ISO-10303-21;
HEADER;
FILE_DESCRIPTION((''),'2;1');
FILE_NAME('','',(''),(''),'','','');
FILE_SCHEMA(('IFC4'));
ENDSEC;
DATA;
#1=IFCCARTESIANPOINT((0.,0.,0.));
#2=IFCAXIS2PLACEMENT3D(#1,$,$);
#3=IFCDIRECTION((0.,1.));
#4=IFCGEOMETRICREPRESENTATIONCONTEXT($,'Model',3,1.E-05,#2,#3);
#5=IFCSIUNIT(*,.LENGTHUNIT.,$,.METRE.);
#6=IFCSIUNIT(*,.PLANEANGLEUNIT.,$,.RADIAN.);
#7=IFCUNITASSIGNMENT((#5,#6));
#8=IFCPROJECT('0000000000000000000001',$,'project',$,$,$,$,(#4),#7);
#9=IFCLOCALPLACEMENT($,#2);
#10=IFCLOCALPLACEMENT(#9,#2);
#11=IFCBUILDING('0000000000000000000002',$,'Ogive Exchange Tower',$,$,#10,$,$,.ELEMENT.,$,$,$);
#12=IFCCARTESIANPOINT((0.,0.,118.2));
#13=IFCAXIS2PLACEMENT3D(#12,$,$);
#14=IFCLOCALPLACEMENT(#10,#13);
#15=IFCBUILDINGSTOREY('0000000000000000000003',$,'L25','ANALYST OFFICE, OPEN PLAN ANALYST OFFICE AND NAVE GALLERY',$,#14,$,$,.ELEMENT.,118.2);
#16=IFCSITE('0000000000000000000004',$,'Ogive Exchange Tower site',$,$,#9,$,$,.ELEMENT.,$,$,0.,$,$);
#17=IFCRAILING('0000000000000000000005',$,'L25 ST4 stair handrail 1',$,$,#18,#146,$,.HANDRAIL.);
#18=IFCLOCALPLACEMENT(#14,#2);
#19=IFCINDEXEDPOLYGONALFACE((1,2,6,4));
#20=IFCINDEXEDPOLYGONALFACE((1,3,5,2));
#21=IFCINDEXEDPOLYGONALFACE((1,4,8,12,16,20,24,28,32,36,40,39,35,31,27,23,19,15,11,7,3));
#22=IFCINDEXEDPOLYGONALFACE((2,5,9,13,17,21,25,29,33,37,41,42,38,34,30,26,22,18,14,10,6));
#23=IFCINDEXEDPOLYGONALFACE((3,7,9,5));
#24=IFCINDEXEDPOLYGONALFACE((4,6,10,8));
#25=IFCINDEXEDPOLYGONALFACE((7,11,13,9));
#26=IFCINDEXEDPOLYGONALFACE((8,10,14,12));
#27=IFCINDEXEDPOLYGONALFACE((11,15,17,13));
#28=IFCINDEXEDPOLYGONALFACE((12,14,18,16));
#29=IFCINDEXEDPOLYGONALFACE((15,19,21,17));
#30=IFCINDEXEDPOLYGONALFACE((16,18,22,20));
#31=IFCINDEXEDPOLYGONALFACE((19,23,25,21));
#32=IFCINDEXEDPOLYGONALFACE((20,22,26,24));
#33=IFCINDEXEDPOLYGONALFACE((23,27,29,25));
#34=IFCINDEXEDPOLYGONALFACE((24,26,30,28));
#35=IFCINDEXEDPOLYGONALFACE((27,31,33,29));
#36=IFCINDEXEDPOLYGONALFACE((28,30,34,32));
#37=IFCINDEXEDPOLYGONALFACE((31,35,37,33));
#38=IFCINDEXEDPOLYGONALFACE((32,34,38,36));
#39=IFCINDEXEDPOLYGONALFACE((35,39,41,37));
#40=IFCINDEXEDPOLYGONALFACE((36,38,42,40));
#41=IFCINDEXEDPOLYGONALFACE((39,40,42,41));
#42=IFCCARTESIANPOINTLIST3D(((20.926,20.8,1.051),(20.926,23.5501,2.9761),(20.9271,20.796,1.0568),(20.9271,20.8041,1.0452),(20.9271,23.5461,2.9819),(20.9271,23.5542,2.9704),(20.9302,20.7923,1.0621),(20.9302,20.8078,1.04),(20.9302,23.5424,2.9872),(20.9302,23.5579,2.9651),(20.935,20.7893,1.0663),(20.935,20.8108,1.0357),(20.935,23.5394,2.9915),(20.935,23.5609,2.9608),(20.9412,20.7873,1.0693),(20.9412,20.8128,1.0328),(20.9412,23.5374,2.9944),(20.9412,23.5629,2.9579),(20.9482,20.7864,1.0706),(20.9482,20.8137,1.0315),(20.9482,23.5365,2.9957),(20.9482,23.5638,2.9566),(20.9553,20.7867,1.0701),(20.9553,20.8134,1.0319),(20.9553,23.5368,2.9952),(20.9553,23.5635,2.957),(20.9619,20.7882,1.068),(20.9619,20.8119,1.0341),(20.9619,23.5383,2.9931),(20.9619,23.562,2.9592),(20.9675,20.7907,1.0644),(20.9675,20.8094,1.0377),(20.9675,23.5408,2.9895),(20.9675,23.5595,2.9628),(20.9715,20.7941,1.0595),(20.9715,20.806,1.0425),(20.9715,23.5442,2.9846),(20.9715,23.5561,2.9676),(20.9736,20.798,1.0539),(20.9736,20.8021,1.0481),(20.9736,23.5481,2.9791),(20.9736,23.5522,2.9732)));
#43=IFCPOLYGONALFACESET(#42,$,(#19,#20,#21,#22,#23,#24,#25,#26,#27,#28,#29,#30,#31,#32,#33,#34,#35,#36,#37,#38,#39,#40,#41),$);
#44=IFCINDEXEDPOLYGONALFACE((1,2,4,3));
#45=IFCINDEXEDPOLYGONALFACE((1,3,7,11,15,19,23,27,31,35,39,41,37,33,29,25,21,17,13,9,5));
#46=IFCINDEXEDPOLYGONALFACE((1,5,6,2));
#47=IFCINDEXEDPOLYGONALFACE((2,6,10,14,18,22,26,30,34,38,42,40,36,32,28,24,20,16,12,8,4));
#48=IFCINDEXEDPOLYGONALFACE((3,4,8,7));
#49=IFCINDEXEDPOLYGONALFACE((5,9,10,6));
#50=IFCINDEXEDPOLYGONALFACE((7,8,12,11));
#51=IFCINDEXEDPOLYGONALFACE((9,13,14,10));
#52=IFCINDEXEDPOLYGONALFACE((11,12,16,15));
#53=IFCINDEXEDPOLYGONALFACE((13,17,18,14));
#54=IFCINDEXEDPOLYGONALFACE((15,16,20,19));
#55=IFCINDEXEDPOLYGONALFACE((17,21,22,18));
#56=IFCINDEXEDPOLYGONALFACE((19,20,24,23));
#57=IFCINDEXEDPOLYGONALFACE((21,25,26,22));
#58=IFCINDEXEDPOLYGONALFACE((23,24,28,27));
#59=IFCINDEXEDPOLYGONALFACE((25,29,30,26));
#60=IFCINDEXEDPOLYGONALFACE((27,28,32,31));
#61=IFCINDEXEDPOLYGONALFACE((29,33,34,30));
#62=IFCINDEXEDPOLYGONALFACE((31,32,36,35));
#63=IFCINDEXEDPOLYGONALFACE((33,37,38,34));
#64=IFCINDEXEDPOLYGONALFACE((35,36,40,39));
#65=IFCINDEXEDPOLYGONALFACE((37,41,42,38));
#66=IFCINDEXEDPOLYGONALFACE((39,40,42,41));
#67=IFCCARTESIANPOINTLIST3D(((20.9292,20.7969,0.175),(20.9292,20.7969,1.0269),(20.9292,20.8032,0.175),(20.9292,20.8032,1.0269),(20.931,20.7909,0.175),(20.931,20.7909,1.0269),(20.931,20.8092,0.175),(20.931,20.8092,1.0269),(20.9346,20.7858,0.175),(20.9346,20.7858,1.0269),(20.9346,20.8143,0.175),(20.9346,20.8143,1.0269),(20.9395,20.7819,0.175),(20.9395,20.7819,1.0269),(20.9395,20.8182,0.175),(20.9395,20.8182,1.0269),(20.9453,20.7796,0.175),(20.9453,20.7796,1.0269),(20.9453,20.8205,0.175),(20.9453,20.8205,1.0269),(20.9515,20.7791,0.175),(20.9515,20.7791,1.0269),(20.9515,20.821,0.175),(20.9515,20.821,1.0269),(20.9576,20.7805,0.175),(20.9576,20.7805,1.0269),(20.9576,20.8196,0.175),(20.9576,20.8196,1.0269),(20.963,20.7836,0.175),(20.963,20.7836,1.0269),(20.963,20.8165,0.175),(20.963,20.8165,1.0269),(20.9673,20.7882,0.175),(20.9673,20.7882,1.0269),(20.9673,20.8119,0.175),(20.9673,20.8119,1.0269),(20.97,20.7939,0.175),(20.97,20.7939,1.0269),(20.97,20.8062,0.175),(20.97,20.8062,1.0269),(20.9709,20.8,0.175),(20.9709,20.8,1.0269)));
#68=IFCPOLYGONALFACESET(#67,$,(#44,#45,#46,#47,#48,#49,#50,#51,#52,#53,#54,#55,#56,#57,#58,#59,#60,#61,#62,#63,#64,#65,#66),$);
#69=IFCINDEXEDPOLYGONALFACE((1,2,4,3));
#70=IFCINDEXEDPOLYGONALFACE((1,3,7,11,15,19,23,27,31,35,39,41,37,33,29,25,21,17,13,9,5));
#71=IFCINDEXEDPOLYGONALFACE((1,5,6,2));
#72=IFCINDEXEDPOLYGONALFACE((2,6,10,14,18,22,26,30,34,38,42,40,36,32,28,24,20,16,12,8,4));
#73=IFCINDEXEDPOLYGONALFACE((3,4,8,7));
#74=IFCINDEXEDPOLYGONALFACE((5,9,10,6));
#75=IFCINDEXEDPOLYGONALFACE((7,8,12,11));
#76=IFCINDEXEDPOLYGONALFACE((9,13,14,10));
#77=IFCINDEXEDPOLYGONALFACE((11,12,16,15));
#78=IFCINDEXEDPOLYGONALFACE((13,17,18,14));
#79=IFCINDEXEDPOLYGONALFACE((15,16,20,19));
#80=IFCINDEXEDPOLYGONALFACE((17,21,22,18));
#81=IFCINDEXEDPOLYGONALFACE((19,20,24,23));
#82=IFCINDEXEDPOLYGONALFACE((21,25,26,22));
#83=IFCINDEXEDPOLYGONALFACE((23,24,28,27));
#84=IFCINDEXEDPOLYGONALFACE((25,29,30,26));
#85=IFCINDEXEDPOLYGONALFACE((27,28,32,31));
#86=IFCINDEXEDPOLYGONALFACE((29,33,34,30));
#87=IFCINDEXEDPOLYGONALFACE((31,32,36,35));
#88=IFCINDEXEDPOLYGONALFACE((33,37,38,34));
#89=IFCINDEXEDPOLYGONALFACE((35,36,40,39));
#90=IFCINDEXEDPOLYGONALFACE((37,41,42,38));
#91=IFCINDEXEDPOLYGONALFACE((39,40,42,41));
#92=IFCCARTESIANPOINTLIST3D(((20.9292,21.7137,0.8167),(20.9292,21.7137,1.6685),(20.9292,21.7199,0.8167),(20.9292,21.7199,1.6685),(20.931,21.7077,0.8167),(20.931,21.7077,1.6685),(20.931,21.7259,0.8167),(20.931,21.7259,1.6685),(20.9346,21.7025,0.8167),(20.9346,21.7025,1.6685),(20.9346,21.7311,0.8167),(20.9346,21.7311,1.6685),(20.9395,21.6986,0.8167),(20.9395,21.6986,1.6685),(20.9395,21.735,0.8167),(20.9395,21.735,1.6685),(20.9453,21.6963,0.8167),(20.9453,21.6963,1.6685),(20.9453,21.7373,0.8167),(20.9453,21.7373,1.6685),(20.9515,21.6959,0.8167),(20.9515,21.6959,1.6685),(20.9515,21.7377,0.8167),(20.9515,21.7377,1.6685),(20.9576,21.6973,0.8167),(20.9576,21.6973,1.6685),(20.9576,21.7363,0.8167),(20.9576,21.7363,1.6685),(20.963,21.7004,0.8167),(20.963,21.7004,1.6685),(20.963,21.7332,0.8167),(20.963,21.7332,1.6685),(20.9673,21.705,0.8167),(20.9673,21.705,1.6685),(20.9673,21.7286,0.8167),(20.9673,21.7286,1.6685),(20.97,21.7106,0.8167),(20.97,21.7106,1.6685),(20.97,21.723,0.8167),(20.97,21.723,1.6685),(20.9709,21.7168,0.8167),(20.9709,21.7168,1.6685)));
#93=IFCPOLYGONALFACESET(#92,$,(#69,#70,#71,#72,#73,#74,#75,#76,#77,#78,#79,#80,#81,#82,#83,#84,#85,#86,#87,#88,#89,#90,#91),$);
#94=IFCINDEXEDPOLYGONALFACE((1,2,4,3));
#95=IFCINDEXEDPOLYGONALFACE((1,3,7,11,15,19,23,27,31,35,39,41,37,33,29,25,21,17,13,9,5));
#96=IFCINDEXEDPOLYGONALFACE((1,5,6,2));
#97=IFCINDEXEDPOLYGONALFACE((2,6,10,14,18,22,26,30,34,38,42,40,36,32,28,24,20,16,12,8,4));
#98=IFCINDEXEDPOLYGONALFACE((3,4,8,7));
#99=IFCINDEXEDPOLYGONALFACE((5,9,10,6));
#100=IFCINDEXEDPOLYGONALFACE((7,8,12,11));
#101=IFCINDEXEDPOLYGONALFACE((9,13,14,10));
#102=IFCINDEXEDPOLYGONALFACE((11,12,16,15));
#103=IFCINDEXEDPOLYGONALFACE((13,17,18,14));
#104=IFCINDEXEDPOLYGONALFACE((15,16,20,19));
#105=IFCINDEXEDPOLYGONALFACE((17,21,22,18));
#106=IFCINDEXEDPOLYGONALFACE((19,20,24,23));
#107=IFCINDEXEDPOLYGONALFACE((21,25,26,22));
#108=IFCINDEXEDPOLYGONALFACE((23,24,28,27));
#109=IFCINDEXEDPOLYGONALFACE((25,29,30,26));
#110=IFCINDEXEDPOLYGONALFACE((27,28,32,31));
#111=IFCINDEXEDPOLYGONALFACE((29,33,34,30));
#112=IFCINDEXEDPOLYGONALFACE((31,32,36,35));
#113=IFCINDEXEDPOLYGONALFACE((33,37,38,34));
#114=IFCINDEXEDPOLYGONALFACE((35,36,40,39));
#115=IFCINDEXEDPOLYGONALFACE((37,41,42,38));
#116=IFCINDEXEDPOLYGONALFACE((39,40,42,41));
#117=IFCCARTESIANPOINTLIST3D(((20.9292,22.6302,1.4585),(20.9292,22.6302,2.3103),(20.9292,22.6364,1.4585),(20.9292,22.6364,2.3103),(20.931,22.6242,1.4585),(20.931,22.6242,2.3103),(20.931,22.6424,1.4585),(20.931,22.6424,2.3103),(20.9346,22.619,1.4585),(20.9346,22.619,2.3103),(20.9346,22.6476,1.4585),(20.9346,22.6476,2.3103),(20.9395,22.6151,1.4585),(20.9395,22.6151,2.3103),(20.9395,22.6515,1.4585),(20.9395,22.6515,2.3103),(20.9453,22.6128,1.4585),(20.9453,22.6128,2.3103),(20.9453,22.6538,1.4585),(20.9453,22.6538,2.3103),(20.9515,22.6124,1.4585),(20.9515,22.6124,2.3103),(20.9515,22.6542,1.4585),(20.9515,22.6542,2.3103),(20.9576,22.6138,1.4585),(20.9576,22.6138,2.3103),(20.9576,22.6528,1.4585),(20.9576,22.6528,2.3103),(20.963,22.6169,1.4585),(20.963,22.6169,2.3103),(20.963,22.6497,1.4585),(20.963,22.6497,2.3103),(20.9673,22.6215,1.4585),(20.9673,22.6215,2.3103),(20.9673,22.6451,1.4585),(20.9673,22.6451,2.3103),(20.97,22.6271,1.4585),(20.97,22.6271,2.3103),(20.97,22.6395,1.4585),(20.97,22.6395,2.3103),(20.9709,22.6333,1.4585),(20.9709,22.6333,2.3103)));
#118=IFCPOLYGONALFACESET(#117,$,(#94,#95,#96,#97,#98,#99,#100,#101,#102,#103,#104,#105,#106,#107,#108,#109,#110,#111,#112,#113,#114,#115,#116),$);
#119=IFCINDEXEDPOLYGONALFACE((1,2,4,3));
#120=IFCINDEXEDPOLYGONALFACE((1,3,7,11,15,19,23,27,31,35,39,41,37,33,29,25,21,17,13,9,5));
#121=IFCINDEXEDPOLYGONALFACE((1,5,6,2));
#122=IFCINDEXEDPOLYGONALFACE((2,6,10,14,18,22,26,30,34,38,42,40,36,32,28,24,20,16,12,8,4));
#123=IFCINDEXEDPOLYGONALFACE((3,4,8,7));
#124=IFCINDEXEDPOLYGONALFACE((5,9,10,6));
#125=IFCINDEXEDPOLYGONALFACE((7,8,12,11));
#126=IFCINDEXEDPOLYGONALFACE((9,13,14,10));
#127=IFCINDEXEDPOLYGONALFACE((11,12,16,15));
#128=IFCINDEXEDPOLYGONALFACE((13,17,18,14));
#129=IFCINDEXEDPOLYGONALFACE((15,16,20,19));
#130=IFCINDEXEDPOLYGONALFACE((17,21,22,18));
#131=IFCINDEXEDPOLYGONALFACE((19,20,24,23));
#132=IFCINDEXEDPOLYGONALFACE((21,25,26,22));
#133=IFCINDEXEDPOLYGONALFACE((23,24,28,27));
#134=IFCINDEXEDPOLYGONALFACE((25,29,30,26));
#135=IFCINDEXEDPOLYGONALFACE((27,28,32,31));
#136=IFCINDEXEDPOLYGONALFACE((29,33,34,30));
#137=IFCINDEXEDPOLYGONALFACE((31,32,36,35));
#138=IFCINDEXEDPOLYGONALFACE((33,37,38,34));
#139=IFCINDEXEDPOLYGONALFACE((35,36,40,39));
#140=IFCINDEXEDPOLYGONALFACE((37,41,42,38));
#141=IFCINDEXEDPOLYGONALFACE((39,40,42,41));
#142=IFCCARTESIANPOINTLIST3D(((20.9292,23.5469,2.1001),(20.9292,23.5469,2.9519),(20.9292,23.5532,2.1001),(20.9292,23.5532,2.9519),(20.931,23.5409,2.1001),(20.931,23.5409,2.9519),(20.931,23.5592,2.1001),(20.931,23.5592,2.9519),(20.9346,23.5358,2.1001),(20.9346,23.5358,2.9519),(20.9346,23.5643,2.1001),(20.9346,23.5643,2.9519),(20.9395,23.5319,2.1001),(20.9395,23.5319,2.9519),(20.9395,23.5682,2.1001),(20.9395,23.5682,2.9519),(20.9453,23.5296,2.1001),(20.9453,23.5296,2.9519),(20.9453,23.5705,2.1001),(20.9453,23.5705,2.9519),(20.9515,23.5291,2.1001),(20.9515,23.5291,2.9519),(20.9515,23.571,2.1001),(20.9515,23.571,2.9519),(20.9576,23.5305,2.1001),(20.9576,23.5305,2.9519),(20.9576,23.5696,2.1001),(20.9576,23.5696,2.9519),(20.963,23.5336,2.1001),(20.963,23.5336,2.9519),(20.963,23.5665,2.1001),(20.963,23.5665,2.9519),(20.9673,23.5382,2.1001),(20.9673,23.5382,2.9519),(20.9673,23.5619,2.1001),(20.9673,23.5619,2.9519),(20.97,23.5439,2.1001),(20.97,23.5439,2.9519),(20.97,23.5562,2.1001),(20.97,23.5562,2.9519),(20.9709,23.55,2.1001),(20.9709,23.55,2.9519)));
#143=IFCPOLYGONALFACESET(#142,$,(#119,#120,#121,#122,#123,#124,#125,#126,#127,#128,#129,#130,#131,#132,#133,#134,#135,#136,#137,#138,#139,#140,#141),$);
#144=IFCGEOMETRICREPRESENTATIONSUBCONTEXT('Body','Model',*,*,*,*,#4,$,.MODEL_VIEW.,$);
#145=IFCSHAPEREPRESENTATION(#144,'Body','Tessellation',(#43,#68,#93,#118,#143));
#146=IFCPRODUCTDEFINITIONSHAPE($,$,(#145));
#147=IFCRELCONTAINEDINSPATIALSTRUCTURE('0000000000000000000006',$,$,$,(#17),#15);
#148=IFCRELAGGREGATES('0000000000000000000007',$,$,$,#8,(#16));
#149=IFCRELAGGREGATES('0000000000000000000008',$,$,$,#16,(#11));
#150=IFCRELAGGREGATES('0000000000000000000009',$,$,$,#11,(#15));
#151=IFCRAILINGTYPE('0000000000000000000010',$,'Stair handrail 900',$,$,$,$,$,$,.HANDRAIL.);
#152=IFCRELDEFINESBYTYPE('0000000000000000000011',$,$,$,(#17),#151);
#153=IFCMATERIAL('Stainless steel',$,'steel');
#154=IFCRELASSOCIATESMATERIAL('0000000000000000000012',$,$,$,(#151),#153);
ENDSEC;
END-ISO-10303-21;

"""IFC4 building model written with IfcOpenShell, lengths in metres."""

from ifc_helpers import new_model, si_unit, direction, frame, origin, origin_2d, place, context, subcontext, project, spatial, circle, extrude, material, type_object, element, save


model = new_model("IFC4")

# Units and contexts
model_context = context("Model", 3, precision=1e-05, world=origin(), true_north=direction((0.0, 1.0)))
body_context = subcontext(model_context, "Body", "Model", "MODEL_VIEW")
ifc_project = project(units=[si_unit("LENGTHUNIT", "METRE"), si_unit("PLANEANGLEUNIT", "RADIAN")], contexts=[model_context])

# Site, building, storey
site_placement = place(None, origin())
site = spatial("IfcSite", under=ifc_project, at=site_placement, Name="Ogive Exchange Tower site", CompositionType="ELEMENT", RefElevation=0.0)
building_placement = place(site_placement, origin())
building = spatial("IfcBuilding", under=site, at=building_placement, Name="Ogive Exchange Tower", CompositionType="ELEMENT")
storey_placement = place(building_placement, frame((0.0, 0.0, 118.2)))
storey = spatial("IfcBuildingStorey", under=building, at=storey_placement, Name="L25", Description="ANALYST OFFICE, OPEN PLAN ANALYST OFFICE AND NAVE GALLERY", CompositionType="ELEMENT", Elevation=118.2)

# Railing
ifc_material_1 = material(Name="Stainless steel", Category="steel")
railing_type = type_object("IfcRailingType", Name="Stair handrail 900", PredefinedType="HANDRAIL", material=ifc_material_1)
railing_placement = place(storey_placement, frame((20.95, 20.8, 0.175)))
element("IfcRailing", 1, at=railing_placement, inside=storey, type_object=railing_type, Name="L25 ST4 stair handrail 1", PredefinedType="HANDRAIL", context=body_context, shape_type="SweptSolid", body=[
    extrude(circle(Radius=0.0239, at=origin_2d()), frame((0.0, 0.0, 0.876), z_axis=(0.0, 0.819225, 0.573472), x_axis=(-1.0, 0.0, 0.0)), (0.0, 0.0, 1.0), 3.3569),
    extrude(circle(Radius=0.021, at=origin_2d()), origin(), (0.0, 0.0, 1.0), 0.8518),
    extrude(circle(Radius=0.021, at=origin_2d()), frame((0.0, 0.9167, 0.6416)), (0.0, 0.0, 1.0), 0.8518),
    extrude(circle(Radius=0.021, at=origin_2d()), frame((0.0, 1.8333, 1.2834)), (0.0, 0.0, 1.0), 0.8518),
    extrude(circle(Radius=0.021, at=origin_2d()), frame((0.0, 2.75, 1.925)), (0.0, 0.0, 1.0), 0.8518),
])

save(model, "model.ifc")
